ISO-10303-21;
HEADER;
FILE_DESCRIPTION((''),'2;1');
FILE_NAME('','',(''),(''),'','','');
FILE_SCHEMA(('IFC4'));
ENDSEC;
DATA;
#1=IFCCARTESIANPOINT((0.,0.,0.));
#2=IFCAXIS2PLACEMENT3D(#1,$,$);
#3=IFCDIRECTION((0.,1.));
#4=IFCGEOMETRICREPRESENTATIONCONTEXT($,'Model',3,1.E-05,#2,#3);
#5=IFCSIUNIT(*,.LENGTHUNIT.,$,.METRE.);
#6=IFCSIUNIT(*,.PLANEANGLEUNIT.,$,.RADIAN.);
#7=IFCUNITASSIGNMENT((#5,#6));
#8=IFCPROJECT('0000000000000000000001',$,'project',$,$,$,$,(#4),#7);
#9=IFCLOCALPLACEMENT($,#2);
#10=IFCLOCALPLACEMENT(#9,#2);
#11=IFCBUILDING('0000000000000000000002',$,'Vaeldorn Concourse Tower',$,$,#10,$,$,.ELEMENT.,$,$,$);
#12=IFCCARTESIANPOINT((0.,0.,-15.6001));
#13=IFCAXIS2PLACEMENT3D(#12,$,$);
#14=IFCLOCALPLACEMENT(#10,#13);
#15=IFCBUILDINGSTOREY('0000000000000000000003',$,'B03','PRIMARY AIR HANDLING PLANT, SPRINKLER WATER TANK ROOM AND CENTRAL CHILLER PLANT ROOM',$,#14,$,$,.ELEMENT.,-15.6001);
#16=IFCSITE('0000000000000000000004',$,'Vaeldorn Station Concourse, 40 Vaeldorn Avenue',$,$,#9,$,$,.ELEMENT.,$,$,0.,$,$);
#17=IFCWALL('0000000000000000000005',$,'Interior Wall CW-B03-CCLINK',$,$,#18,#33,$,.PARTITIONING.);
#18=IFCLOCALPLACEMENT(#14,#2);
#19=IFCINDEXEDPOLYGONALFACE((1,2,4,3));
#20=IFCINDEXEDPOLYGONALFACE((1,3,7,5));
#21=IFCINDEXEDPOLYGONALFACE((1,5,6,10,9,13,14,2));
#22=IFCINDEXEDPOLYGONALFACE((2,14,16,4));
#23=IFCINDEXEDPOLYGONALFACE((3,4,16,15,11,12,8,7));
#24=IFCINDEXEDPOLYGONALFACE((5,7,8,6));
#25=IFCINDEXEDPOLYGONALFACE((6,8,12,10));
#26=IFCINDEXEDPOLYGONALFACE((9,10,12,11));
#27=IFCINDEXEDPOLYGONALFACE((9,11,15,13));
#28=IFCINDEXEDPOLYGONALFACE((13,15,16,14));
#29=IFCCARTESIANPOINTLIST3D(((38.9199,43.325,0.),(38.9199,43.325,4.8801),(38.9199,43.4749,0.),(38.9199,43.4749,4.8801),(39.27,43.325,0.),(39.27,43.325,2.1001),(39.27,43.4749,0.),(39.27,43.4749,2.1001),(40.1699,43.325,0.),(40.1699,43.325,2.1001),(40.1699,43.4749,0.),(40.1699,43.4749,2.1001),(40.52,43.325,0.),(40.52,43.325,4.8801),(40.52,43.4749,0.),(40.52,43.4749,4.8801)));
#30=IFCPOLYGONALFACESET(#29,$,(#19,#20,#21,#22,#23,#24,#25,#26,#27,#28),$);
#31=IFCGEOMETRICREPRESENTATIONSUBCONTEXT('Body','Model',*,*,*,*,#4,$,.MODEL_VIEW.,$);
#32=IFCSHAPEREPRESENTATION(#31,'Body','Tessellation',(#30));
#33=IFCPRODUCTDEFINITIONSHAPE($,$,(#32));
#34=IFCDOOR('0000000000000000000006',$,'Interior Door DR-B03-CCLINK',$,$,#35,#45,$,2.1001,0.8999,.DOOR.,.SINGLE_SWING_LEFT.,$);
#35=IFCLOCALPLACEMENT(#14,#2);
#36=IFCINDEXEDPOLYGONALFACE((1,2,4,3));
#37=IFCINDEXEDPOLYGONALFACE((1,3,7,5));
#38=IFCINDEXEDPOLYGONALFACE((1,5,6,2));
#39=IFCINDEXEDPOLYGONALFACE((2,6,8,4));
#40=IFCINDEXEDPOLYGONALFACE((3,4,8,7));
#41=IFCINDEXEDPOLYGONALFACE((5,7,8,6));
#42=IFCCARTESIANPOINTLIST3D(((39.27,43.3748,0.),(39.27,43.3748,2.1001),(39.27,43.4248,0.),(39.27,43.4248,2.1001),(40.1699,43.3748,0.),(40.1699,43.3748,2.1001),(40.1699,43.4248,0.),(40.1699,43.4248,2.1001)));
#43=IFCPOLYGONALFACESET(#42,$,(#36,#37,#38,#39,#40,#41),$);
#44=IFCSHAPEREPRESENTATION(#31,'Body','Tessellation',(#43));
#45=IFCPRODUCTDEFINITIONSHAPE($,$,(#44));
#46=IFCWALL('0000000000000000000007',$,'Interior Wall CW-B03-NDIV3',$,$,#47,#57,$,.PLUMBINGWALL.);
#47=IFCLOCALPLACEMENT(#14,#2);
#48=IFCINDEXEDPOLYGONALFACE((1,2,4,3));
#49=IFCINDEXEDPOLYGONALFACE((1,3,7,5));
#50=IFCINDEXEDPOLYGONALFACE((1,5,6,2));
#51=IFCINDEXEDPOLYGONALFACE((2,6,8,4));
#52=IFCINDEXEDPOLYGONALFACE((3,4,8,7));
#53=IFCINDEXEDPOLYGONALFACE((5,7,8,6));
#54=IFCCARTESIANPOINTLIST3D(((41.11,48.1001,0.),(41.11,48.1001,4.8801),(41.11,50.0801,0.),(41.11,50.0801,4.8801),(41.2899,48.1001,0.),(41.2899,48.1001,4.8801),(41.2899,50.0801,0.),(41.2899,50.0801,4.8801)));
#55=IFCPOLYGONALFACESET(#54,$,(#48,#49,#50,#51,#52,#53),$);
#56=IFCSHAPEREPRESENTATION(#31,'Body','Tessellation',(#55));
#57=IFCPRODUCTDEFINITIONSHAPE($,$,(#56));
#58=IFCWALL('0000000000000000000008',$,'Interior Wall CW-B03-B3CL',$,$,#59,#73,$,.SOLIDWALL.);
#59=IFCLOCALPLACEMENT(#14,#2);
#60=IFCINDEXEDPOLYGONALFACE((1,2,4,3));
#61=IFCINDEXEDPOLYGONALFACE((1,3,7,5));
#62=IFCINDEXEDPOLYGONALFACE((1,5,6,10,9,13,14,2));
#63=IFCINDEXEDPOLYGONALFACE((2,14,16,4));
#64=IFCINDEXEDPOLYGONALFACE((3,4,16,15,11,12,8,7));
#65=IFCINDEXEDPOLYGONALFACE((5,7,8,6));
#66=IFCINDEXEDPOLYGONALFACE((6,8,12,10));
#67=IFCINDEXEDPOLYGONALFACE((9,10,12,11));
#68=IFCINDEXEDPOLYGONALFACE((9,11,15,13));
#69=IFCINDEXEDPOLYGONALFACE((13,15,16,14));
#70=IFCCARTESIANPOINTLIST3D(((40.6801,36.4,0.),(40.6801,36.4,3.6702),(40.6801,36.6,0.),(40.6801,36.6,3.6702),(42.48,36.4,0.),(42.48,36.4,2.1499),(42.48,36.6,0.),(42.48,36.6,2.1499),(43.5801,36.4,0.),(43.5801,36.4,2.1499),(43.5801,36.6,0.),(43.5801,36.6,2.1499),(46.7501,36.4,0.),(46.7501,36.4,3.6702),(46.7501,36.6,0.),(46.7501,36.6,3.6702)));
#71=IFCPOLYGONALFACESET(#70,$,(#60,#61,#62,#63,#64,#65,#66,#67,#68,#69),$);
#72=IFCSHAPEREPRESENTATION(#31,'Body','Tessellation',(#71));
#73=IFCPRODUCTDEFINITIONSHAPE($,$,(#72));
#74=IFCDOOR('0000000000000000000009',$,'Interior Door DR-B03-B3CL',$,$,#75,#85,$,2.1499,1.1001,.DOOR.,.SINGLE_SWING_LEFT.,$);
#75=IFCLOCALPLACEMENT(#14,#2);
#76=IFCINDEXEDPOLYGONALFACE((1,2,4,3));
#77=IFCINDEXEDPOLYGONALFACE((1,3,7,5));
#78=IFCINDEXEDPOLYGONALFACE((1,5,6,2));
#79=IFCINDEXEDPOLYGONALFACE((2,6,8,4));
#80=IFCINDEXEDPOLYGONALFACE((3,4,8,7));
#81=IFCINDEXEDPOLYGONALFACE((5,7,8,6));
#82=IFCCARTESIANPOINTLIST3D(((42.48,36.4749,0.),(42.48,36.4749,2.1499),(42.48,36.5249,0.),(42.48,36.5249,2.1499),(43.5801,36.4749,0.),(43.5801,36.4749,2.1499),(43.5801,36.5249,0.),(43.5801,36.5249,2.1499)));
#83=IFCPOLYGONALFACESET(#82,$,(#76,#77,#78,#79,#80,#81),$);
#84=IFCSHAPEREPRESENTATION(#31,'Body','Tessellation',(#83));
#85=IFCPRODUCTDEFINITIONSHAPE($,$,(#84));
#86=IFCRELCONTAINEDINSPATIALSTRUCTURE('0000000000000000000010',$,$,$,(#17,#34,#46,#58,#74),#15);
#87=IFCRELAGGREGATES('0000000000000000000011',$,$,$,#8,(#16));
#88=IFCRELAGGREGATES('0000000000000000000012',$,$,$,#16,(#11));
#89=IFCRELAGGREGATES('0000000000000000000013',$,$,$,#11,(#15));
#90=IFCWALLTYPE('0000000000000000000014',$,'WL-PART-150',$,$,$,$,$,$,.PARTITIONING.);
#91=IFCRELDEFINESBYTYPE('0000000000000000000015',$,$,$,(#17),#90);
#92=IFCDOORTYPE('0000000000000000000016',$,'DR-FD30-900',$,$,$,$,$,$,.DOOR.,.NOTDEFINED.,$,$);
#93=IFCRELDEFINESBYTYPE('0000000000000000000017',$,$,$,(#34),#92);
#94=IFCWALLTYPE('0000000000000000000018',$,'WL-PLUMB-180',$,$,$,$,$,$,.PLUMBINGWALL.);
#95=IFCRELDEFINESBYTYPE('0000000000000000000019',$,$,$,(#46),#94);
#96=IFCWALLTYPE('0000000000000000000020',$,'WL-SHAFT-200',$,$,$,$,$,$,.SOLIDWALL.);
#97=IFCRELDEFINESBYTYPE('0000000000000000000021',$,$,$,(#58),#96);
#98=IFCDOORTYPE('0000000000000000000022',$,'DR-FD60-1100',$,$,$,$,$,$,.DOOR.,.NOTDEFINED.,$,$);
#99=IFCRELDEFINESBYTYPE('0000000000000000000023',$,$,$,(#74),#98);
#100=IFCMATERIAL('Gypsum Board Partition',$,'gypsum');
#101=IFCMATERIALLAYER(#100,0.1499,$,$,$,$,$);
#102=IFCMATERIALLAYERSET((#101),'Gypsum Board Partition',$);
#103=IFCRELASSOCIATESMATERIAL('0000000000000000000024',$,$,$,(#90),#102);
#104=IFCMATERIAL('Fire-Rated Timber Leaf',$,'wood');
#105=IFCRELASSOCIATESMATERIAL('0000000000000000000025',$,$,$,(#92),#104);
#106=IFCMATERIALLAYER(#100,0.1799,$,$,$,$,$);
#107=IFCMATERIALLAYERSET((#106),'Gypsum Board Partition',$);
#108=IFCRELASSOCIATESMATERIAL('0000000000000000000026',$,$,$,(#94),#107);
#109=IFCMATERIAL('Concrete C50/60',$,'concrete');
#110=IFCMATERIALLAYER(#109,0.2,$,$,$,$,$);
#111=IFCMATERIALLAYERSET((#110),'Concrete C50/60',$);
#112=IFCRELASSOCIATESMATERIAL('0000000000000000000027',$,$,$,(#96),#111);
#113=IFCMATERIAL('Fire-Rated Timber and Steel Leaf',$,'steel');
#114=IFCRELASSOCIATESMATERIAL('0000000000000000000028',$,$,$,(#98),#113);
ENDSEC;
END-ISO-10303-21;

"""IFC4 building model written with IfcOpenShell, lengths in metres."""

from ifc_helpers import new_model, si_unit, direction, frame, frame_2d, origin, place, context, subcontext, project, spatial, rectangle, extrude, source, transform, mapped, material, layer, layer_set, type_object, element, fill, save


model = new_model("IFC4")

# Units and contexts
model_context = context("Model", 3, precision=1e-05, world=origin(), true_north=direction((0.0, 1.0)))
body_context = subcontext(model_context, "Body", "Model", "MODEL_VIEW")
ifc_project = project(units=[si_unit("LENGTHUNIT", "METRE"), si_unit("PLANEANGLEUNIT", "RADIAN")], contexts=[model_context])

# Site, building, storey
site_placement = place(None, origin())
site = spatial("IfcSite", under=ifc_project, at=site_placement, Name="Vaeldorn Station Concourse, 40 Vaeldorn Avenue", CompositionType="ELEMENT", RefElevation=0.0)
building_placement = place(site_placement, origin())
building = spatial("IfcBuilding", under=site, at=building_placement, Name="Vaeldorn Concourse Tower", CompositionType="ELEMENT")
storey_placement = place(building_placement, frame((0.0, 0.0, -15.6001)))
storey = spatial("IfcBuildingStorey", under=building, at=storey_placement, Name="B03", Description="PRIMARY AIR HANDLING PLANT, SPRINKLER WATER TANK ROOM AND CENTRAL CHILLER PLANT ROOM", CompositionType="ELEMENT", Elevation=-15.6001)

# Shared definitions
ifc_material_1 = material(Name="Concrete C50/60", Category="concrete")

# Wall, opening, door
ifc_material_2 = material(Name="Gypsum Board Partition", Category="gypsum")
ifc_layer_1 = layer(ifc_material_2, 0.1499)
ifc_layer_set_1 = layer_set([ifc_layer_1], Name="Gypsum Board Partition")
wall_type_1 = type_object("IfcWallType", Name="WL-PART-150", PredefinedType="PARTITIONING", material=ifc_layer_set_1)
wall_1_placement = place(storey_placement, frame((38.9199, 43.3999, 0.0), z_axis=(0.0, 0.0, 1.0), x_axis=(1.0, 0.0, 0.0)))
wall_1 = element("IfcWall", 1, at=wall_1_placement, inside=storey, type_object=wall_type_1, Name="Interior Wall CW-B03-CCLINK", PredefinedType="PARTITIONING", context=body_context, shape_type="SweptSolid", body=[
    extrude(rectangle(XDim=1.6001, YDim=0.1499, at=frame_2d((0.8, 0.0))), origin(), (0.0, 0.0, 1.0), 4.8801),
])
opening_1_placement = place(wall_1_placement, frame((0.3501, 0.0, 0.0)))
opening_1 = element("IfcOpeningElement", 2, at=opening_1_placement, cuts=wall_1, PredefinedType="OPENING", context=body_context, shape_type="SweptSolid", body=[
    extrude(rectangle(XDim=0.8999, YDim=2.1001, at=frame_2d((0.45, 1.05))), frame((0.0, 0.085, 0.0), z_axis=(0.0, -1.0, 0.0), x_axis=(1.0, 0.0, 0.0)), (0.0, 0.0, 1.0), 0.1699),
])
ifc_material_3 = material(Name="Fire-Rated Timber Leaf", Category="wood")
door_type_1 = type_object("IfcDoorType", Name="DR-FD30-900", OperationType="NOTDEFINED", PredefinedType="DOOR", material=ifc_material_3)
shared_shape_1 = source(origin(), body_context, "Body", "SweptSolid", [
    extrude(rectangle(XDim=0.8999, YDim=2.1001, at=frame_2d((0.45, 1.05))), frame((0.0, 0.0249, 0.0), z_axis=(0.0, -1.0, 0.0), x_axis=(1.0, 0.0, 0.0)), (0.0, 0.0, 1.0), 0.05),
])
door_1_placement = place(opening_1_placement, origin())
door_1 = element("IfcDoor", 3, at=door_1_placement, inside=storey, type_object=door_type_1, Name="Interior Door DR-B03-CCLINK", OperationType="SINGLE_SWING_LEFT", OverallHeight=2.1001, OverallWidth=0.8999, PredefinedType="DOOR", context=body_context, shape_type="MappedRepresentation", body=[
    mapped(shared_shape_1, transform((0.0, 0.0, 0.0), scale=1.0)),
])
fill(opening_1, door_1)

# Wall
ifc_layer_2 = layer(ifc_material_2, 0.1799)
ifc_layer_set_2 = layer_set([ifc_layer_2], Name="Gypsum Board Partition")
wall_type_2 = type_object("IfcWallType", Name="WL-PLUMB-180", PredefinedType="PLUMBINGWALL", material=ifc_layer_set_2)
wall_2_placement = place(storey_placement, frame((41.2, 48.1001, 0.0), z_axis=(0.0, 0.0, 1.0), x_axis=(0.0, 1.0, 0.0)))
element("IfcWall", 4, at=wall_2_placement, inside=storey, type_object=wall_type_2, Name="Interior Wall CW-B03-NDIV3", PredefinedType="PLUMBINGWALL", context=body_context, shape_type="SweptSolid", body=[
    extrude(rectangle(XDim=1.98, YDim=0.1799, at=frame_2d((0.99, 0.0))), origin(), (0.0, 0.0, 1.0), 4.8801),
])

# Wall, opening, door
ifc_layer_3 = layer(ifc_material_1, 0.2)
ifc_layer_set_3 = layer_set([ifc_layer_3], Name="Concrete C50/60")
wall_type_3 = type_object("IfcWallType", Name="WL-SHAFT-200", PredefinedType="SOLIDWALL", material=ifc_layer_set_3)
ifc_material_4 = material(Name="Fire-Rated Timber and Steel Leaf", Category="steel")
door_type_2 = type_object("IfcDoorType", Name="DR-FD60-1100", OperationType="NOTDEFINED", PredefinedType="DOOR", material=ifc_material_4)
shared_shape_2 = source(origin(), body_context, "Body", "SweptSolid", [
    extrude(rectangle(XDim=1.1001, YDim=2.1499, at=frame_2d((0.55, 1.075))), frame((0.0, 0.0249, 0.0), z_axis=(0.0, -1.0, 0.0), x_axis=(1.0, 0.0, 0.0)), (0.0, 0.0, 1.0), 0.05),
])
wall_3_placement = place(storey_placement, frame((40.6799, 36.5, 0.0), z_axis=(0.0, 0.0, 1.0), x_axis=(1.0, 0.0, 0.0)))
wall_3 = element("IfcWall", 5, at=wall_3_placement, inside=storey, type_object=wall_type_3, Name="Interior Wall CW-B03-B3CL", PredefinedType="SOLIDWALL", context=body_context, shape_type="SweptSolid", body=[
    extrude(rectangle(XDim=6.0701, YDim=0.2, at=frame_2d((3.0352, 0.0))), origin(), (0.0, 0.0, 1.0), 3.6702),
])
opening_2_placement = place(wall_3_placement, frame((1.8, 0.0, 0.0)))
opening_2 = element("IfcOpeningElement", 6, at=opening_2_placement, cuts=wall_3, PredefinedType="OPENING", context=body_context, shape_type="SweptSolid", body=[
    extrude(rectangle(XDim=1.1001, YDim=2.1499, at=frame_2d((0.55, 1.075))), frame((0.0, 0.1099, 0.0), z_axis=(0.0, -1.0, 0.0), x_axis=(1.0, 0.0, 0.0)), (0.0, 0.0, 1.0), 0.22),
])
door_2_placement = place(opening_2_placement, origin())
door_2 = element("IfcDoor", 7, at=door_2_placement, inside=storey, type_object=door_type_2, Name="Interior Door DR-B03-B3CL", OperationType="SINGLE_SWING_LEFT", OverallHeight=2.1499, OverallWidth=1.1001, PredefinedType="DOOR", context=body_context, shape_type="MappedRepresentation", body=[
    mapped(shared_shape_2, transform((0.0, 0.0, 0.0), scale=1.0)),
])
fill(opening_2, door_2)

save(model, "model.ifc")
